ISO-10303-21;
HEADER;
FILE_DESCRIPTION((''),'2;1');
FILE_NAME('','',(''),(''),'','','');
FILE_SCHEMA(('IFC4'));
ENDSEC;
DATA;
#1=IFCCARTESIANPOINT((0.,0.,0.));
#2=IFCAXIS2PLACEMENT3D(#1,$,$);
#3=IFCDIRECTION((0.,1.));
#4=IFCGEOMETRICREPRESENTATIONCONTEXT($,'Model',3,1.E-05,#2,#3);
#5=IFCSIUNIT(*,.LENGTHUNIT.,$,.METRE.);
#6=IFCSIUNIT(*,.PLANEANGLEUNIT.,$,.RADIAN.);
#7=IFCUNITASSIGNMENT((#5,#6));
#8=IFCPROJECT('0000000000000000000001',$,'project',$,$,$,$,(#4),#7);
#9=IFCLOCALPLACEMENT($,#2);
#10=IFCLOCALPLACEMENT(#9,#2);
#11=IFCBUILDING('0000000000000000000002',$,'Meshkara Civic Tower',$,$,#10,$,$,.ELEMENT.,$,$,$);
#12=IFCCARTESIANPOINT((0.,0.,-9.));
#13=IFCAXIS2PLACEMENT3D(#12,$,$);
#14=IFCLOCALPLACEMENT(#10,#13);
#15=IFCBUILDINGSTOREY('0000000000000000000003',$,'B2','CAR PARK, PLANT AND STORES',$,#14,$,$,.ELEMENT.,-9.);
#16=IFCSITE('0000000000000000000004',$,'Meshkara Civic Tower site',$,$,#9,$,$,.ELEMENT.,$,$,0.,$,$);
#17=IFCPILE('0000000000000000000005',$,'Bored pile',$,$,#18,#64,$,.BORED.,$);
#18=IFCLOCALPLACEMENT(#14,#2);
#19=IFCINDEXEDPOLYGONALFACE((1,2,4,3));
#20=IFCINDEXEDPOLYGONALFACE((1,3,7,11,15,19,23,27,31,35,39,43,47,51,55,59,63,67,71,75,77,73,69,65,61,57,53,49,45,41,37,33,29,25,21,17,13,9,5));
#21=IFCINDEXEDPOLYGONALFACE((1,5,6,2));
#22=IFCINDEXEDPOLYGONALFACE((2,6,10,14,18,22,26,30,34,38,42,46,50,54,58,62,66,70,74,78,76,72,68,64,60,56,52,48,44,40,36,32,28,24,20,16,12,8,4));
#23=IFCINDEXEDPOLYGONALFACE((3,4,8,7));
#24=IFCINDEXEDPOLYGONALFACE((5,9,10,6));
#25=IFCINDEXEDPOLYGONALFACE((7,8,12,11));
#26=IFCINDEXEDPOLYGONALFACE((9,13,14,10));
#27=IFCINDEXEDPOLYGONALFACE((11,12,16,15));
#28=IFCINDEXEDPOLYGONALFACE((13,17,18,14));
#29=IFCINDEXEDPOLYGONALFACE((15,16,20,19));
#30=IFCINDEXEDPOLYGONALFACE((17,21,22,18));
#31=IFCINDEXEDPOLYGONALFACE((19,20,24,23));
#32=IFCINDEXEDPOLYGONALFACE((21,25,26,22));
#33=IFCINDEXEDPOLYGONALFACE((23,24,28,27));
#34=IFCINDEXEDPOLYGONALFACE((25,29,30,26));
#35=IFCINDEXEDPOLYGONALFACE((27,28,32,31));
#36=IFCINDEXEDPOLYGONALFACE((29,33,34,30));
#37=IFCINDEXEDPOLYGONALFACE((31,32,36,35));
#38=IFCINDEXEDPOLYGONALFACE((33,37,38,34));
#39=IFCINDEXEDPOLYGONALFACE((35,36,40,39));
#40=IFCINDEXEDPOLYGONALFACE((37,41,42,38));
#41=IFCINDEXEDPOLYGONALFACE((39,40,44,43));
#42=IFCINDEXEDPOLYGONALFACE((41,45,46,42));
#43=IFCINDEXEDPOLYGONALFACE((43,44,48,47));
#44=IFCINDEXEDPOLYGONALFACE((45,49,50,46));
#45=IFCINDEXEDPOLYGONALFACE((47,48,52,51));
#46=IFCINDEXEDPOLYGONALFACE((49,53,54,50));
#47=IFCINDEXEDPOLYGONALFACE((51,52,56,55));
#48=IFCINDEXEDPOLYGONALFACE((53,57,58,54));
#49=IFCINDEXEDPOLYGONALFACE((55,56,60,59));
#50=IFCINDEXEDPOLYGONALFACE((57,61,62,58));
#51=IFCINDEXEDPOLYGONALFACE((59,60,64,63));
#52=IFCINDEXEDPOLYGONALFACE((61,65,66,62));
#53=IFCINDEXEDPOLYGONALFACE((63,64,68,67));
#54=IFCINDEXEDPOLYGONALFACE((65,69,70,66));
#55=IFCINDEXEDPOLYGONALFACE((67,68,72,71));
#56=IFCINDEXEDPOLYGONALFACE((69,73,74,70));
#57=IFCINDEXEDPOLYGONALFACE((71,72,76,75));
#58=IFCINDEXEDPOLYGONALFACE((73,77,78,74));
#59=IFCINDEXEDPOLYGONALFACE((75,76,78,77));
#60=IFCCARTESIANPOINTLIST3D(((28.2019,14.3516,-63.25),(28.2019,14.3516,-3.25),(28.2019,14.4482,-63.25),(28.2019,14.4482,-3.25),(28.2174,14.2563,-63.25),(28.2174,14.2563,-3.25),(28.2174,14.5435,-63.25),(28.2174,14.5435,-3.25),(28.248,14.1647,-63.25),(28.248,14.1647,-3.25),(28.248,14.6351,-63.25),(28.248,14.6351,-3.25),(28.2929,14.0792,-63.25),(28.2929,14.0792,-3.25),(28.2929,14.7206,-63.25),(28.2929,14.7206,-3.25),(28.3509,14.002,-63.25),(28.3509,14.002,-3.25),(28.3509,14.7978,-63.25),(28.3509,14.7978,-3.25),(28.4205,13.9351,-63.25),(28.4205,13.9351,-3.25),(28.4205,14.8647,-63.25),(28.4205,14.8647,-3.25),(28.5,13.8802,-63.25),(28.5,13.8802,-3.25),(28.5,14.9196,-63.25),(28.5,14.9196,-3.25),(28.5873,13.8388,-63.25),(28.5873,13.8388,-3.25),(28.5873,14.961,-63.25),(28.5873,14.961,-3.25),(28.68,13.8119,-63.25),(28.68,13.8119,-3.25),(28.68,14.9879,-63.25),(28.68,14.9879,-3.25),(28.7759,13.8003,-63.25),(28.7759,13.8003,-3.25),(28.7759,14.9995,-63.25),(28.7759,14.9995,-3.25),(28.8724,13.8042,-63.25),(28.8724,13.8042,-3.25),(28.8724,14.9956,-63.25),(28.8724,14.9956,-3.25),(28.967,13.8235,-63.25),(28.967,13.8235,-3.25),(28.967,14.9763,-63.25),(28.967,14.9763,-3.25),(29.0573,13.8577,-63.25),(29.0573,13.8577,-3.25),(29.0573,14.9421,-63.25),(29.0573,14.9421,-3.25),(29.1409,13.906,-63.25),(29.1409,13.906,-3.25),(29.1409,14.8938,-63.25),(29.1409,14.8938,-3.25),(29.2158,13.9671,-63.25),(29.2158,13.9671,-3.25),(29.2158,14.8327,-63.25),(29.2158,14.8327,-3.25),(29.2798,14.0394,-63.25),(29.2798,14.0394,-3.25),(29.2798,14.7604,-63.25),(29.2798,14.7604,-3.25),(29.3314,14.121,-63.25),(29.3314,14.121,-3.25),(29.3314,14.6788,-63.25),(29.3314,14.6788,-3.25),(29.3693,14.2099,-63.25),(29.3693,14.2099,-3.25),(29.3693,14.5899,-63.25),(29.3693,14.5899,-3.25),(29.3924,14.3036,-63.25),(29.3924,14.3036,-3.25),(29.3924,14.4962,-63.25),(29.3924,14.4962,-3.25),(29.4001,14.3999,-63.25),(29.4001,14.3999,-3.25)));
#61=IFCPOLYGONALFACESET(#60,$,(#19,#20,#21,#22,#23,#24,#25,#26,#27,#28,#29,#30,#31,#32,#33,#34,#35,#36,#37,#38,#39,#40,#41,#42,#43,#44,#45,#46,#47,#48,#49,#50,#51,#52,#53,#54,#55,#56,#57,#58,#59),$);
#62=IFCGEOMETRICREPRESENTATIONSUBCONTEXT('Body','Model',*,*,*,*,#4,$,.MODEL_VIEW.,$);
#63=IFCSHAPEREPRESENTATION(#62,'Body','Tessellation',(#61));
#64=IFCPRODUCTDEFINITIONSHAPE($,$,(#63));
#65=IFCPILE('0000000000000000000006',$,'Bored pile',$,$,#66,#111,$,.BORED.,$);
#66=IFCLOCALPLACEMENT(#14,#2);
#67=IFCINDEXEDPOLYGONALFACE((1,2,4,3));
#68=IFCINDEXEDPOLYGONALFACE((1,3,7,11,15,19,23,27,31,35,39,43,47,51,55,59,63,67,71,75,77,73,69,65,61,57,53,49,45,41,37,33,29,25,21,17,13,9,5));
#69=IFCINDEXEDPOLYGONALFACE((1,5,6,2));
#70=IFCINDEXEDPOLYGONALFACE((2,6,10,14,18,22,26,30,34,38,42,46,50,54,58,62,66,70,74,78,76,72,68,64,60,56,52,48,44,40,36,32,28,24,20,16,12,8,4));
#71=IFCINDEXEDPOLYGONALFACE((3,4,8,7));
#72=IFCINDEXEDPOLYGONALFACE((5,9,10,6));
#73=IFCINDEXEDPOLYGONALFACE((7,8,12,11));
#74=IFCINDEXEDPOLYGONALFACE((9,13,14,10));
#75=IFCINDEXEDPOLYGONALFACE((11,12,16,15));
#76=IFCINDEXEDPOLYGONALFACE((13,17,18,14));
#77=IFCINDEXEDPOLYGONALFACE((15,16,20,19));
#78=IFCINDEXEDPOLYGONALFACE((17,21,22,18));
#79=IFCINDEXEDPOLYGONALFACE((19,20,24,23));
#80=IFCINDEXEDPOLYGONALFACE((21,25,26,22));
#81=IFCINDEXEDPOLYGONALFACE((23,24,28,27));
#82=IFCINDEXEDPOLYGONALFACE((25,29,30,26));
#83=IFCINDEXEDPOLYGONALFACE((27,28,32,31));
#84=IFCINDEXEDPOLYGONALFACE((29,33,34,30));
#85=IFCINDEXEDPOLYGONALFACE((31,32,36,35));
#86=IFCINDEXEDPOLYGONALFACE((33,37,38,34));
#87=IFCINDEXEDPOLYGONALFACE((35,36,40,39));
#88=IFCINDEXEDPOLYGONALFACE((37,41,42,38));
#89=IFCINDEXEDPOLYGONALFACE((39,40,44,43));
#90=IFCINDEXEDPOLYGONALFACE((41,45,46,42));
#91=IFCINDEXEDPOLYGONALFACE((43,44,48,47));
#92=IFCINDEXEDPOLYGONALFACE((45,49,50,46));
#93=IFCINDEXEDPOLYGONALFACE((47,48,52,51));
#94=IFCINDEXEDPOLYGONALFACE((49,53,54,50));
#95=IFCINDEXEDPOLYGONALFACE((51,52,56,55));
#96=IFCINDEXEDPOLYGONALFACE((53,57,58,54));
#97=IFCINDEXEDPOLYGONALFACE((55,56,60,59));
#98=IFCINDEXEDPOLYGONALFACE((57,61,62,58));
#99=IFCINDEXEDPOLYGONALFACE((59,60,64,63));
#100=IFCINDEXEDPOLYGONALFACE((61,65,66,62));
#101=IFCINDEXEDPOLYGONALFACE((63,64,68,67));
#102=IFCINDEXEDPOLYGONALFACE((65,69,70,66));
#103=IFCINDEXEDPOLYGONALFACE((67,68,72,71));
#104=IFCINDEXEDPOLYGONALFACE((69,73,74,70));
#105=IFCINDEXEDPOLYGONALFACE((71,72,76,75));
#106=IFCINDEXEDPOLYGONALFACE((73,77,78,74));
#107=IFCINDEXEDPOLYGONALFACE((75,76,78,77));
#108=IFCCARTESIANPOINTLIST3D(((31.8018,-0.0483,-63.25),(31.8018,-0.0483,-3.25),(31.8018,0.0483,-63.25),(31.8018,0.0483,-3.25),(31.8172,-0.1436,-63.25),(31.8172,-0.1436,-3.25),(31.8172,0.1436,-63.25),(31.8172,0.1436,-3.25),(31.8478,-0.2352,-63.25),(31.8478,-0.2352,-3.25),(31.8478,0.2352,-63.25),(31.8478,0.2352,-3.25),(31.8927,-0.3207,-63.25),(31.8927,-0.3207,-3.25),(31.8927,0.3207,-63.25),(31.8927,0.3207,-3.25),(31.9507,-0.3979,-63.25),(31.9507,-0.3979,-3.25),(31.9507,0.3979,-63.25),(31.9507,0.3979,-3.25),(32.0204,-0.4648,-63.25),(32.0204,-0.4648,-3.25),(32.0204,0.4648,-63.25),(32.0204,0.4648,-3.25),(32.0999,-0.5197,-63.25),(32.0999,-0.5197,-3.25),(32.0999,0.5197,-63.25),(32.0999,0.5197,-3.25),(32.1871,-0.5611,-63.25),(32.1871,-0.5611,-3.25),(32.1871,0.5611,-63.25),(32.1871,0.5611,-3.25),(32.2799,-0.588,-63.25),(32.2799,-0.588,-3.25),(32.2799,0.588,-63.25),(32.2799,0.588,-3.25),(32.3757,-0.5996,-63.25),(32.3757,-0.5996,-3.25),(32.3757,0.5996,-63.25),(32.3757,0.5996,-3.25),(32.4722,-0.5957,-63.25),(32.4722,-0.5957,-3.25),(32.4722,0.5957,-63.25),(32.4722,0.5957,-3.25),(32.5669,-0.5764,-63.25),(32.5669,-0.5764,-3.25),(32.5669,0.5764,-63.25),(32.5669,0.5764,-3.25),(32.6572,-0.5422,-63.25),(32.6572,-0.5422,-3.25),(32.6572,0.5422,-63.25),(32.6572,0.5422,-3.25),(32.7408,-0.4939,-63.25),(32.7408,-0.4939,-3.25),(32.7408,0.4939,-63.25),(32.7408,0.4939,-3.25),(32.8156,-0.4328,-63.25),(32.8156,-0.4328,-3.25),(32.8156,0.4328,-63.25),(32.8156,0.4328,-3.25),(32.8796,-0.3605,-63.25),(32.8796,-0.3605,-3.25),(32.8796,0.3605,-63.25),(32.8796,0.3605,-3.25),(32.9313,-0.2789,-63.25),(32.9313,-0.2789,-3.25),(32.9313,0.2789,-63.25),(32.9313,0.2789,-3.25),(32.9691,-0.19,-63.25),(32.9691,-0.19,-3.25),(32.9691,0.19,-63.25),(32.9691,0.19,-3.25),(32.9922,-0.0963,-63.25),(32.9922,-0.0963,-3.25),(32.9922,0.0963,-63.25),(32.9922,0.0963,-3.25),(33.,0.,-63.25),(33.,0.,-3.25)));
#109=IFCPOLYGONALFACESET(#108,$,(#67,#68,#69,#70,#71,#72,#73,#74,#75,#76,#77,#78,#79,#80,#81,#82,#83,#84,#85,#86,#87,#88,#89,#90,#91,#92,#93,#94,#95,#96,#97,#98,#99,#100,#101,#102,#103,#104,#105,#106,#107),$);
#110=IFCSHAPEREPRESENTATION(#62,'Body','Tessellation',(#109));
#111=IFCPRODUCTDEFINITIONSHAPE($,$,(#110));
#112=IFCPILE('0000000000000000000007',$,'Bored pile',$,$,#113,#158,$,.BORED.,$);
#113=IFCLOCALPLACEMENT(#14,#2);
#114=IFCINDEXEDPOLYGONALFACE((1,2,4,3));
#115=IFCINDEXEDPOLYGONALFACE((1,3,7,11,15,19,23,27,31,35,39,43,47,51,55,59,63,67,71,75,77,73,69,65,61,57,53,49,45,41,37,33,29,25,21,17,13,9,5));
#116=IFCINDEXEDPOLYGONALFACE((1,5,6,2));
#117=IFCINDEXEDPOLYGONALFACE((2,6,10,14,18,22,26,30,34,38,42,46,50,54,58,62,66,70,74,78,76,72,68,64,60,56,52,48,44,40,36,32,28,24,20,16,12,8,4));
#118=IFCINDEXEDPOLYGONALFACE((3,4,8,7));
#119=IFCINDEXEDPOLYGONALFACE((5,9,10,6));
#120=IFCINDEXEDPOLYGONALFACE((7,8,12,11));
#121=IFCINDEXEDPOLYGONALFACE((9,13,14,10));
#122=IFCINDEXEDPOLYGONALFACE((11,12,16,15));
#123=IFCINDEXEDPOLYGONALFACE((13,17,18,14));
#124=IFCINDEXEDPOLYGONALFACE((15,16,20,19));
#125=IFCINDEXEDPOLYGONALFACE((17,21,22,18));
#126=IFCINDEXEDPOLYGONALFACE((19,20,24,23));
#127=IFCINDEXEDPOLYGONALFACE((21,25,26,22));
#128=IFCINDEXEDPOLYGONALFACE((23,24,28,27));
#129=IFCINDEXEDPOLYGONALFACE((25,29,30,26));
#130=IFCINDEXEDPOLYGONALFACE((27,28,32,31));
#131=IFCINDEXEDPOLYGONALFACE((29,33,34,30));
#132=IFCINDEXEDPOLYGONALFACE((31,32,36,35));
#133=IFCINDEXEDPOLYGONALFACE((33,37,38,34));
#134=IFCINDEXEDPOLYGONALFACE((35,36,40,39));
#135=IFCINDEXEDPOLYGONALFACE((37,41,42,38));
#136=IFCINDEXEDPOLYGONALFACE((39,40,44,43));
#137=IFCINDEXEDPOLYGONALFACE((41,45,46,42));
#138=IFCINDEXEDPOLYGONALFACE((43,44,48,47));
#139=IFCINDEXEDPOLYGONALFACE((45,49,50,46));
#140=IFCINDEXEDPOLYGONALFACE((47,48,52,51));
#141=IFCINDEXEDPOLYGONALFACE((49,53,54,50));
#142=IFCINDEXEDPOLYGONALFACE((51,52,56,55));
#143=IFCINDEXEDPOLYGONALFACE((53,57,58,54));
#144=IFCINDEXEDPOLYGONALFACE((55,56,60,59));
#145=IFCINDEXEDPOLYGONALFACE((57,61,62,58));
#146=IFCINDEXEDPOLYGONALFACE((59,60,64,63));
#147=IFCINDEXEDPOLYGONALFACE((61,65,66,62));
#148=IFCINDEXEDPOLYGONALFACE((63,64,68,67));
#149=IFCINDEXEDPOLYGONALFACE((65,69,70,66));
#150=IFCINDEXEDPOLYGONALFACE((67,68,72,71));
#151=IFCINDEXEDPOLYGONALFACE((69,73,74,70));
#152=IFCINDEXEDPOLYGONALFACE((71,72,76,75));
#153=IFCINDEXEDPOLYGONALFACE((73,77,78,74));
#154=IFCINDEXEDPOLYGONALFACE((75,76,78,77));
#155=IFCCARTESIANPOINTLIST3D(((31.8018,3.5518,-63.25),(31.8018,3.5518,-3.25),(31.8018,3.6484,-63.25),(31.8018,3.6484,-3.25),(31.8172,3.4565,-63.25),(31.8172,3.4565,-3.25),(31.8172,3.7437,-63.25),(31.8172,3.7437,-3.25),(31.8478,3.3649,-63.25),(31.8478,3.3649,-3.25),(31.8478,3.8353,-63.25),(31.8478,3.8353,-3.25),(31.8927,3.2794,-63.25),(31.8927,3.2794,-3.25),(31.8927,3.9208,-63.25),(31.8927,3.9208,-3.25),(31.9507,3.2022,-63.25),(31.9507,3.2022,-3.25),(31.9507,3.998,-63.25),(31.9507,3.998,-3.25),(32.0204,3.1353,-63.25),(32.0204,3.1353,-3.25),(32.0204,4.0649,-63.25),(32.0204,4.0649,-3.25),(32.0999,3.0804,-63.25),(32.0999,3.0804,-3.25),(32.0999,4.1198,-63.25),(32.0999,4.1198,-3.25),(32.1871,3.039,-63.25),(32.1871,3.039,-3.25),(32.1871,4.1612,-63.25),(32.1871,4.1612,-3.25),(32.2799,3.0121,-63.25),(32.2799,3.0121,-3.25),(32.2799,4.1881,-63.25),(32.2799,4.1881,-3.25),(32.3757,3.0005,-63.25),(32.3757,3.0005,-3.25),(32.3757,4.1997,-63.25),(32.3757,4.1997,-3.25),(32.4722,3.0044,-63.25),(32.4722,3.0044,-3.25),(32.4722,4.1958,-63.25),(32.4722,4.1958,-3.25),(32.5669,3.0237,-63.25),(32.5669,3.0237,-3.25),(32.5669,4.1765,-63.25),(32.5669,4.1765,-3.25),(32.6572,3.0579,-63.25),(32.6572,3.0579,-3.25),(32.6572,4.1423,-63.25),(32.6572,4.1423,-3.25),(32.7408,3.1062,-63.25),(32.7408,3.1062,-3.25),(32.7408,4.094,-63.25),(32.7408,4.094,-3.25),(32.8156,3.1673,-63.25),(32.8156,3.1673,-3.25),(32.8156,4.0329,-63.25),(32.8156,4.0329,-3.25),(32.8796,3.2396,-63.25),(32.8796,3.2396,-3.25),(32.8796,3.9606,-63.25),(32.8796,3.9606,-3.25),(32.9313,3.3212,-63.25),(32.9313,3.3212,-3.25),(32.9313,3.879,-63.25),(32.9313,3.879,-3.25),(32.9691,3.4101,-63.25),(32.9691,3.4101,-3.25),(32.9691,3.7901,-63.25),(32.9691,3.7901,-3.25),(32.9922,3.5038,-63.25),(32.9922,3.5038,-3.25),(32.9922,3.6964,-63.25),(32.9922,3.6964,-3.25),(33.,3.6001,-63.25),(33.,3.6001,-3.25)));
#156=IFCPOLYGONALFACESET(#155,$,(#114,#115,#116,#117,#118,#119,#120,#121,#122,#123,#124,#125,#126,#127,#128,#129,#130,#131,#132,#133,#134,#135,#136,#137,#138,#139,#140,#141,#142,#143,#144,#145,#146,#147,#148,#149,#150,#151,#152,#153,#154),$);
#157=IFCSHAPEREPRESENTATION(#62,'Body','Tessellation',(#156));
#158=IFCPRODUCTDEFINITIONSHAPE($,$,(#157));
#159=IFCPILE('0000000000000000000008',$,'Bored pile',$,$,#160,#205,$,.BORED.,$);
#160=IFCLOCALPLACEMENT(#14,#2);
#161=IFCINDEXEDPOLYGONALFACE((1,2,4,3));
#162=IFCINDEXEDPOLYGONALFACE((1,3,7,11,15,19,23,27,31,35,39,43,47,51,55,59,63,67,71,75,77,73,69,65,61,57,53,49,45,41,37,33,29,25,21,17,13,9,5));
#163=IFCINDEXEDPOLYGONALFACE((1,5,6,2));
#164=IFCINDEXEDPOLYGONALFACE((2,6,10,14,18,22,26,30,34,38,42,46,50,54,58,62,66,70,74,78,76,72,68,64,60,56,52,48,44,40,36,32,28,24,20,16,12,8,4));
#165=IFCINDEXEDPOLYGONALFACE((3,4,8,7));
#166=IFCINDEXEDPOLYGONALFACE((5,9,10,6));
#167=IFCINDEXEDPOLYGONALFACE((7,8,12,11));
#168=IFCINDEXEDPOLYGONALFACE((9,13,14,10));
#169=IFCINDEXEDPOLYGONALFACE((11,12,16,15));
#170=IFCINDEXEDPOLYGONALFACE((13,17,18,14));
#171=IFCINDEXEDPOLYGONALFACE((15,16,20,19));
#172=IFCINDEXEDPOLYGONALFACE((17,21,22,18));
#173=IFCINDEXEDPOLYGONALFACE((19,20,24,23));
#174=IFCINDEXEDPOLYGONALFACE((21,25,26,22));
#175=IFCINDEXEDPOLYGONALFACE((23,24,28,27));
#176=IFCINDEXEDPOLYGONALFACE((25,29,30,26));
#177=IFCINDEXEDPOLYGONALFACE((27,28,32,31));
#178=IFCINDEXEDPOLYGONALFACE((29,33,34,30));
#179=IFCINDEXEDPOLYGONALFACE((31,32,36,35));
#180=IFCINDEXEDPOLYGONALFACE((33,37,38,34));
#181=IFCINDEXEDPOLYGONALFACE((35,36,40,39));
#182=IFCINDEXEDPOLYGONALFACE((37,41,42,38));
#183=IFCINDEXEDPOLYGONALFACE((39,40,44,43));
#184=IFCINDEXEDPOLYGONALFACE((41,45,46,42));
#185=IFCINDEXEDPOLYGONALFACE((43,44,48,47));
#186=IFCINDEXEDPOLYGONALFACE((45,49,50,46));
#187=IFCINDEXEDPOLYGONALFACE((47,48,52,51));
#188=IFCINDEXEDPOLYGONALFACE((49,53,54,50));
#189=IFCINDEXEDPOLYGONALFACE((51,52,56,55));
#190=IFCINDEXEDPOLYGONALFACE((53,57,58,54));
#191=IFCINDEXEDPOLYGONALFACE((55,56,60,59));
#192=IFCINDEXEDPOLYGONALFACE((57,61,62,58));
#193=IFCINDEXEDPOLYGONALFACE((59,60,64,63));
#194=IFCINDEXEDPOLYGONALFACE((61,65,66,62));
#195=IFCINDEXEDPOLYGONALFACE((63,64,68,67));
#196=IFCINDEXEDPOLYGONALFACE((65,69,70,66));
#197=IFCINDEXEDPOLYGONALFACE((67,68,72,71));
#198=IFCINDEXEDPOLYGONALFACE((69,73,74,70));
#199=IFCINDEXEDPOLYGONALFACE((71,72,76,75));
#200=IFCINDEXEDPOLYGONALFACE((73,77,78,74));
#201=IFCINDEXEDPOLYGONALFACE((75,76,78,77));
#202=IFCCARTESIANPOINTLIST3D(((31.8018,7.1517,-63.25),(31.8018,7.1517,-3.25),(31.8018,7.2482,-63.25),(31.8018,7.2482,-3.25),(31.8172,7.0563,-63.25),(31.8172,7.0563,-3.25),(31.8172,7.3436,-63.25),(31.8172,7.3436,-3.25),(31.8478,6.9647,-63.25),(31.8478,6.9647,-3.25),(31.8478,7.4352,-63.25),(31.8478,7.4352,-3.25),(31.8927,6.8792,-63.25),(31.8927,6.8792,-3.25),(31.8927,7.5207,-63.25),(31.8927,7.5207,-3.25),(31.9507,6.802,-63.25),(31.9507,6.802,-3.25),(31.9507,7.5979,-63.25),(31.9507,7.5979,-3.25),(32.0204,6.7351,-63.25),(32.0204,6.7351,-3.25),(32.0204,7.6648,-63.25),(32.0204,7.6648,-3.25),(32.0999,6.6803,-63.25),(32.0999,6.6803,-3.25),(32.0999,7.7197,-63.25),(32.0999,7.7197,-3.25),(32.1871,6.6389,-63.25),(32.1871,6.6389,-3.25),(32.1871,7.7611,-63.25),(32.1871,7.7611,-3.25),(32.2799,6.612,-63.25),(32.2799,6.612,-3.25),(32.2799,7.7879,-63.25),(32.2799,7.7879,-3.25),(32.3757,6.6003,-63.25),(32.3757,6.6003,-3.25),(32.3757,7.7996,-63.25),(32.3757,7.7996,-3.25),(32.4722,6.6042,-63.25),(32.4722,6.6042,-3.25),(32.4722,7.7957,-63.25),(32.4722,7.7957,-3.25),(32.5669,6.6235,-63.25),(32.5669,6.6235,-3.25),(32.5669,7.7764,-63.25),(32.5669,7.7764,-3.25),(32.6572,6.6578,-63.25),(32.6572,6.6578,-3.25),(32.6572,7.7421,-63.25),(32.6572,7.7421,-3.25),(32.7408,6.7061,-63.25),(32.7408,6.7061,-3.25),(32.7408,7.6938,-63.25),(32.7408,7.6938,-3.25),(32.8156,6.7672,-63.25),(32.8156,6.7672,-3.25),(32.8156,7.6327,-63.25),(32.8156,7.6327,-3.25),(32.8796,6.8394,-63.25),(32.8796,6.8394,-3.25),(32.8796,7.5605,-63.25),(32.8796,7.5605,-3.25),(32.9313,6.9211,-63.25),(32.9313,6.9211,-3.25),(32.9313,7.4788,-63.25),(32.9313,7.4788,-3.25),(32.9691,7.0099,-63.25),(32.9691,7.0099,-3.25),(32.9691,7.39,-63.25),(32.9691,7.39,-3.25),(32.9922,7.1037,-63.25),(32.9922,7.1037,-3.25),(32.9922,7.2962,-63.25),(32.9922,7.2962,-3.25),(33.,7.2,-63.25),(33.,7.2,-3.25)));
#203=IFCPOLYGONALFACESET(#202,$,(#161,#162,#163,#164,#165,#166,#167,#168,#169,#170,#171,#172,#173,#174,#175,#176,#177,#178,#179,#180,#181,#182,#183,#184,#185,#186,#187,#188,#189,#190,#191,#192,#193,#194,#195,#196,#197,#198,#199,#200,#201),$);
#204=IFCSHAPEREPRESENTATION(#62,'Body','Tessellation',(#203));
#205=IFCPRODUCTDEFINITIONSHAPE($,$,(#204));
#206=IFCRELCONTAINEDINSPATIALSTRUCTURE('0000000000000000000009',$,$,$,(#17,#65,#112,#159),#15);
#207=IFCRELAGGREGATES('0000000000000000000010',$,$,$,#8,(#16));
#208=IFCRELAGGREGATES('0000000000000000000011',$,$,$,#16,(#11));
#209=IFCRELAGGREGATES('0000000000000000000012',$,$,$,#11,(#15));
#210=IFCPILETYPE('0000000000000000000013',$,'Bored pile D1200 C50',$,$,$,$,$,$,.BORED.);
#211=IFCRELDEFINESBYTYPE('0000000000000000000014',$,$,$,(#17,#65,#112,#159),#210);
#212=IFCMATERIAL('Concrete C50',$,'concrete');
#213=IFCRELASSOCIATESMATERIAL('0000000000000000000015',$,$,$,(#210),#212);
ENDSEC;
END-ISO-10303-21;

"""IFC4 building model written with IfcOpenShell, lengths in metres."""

from ifc_helpers import new_model, si_unit, direction, frame, origin, origin_2d, place, context, subcontext, project, spatial, circle, extrude, material, material_profile, profile_set, type_object, element, save


model = new_model("IFC4")

# Units and contexts
model_context = context("Model", 3, precision=1e-05, world=origin(), true_north=direction((0.0, 1.0)))
body_context = subcontext(model_context, "Body", "Model", "MODEL_VIEW")
ifc_project = project(units=[si_unit("LENGTHUNIT", "METRE"), si_unit("PLANEANGLEUNIT", "RADIAN")], contexts=[model_context])

# Site, building, storey
site_placement = place(None, origin())
site = spatial("IfcSite", under=ifc_project, at=site_placement, Name="Meshkara Civic Tower site", CompositionType="ELEMENT", RefElevation=0.0)
building_placement = place(site_placement, origin())
building = spatial("IfcBuilding", under=site, at=building_placement, Name="Meshkara Civic Tower", CompositionType="ELEMENT")
storey_placement = place(building_placement, frame((0.0, 0.0, -9.0)))
storey = spatial("IfcBuildingStorey", under=building, at=storey_placement, Name="B2", Description="CAR PARK, PLANT AND STORES", CompositionType="ELEMENT", Elevation=-9.0)

# Piles
ifc_material_1 = material(Name="Concrete C50", Category="concrete")
ifc_material_profile_1 = material_profile(ifc_material_1, circle(Radius=0.6001, at=origin_2d()))
ifc_profile_set_1 = profile_set([ifc_material_profile_1], Name="Concrete C50")
pile_type = type_object("IfcPileType", Name="Bored pile D1200 C50", PredefinedType="BORED", material=ifc_profile_set_1)
for number, where, z_axis, x_axis, name in (
    (1, (28.8, 14.3999, -3.25), (0.0, 0.0, -1.0), (1.0, 0.0, 0.0), "Bored pile"),
    (2, (32.3999, 0.0, -3.25), (0.0, 0.0, -1.0), (1.0, 0.0, 0.0), "Bored pile"),
    (3, (32.3999, 3.6001, -3.25), (0.0, 0.0, -1.0), (1.0, 0.0, 0.0), "Bored pile"),
    (4, (32.3999, 7.2, -3.25), (0.0, 0.0, -1.0), (1.0, 0.0, 0.0), "Bored pile"),
):
    element("IfcPile", number, at=place(storey_placement, frame(where, z_axis=z_axis, x_axis=x_axis)), inside=storey, type_object=pile_type, Name=name, PredefinedType="BORED", context=body_context, shape_type="SweptSolid", body=[
        extrude(circle(Radius=0.6001, at=origin_2d()), origin(), (0.0, 0.0, 1.0), 60.0),
    ])

save(model, "model.ifc")
